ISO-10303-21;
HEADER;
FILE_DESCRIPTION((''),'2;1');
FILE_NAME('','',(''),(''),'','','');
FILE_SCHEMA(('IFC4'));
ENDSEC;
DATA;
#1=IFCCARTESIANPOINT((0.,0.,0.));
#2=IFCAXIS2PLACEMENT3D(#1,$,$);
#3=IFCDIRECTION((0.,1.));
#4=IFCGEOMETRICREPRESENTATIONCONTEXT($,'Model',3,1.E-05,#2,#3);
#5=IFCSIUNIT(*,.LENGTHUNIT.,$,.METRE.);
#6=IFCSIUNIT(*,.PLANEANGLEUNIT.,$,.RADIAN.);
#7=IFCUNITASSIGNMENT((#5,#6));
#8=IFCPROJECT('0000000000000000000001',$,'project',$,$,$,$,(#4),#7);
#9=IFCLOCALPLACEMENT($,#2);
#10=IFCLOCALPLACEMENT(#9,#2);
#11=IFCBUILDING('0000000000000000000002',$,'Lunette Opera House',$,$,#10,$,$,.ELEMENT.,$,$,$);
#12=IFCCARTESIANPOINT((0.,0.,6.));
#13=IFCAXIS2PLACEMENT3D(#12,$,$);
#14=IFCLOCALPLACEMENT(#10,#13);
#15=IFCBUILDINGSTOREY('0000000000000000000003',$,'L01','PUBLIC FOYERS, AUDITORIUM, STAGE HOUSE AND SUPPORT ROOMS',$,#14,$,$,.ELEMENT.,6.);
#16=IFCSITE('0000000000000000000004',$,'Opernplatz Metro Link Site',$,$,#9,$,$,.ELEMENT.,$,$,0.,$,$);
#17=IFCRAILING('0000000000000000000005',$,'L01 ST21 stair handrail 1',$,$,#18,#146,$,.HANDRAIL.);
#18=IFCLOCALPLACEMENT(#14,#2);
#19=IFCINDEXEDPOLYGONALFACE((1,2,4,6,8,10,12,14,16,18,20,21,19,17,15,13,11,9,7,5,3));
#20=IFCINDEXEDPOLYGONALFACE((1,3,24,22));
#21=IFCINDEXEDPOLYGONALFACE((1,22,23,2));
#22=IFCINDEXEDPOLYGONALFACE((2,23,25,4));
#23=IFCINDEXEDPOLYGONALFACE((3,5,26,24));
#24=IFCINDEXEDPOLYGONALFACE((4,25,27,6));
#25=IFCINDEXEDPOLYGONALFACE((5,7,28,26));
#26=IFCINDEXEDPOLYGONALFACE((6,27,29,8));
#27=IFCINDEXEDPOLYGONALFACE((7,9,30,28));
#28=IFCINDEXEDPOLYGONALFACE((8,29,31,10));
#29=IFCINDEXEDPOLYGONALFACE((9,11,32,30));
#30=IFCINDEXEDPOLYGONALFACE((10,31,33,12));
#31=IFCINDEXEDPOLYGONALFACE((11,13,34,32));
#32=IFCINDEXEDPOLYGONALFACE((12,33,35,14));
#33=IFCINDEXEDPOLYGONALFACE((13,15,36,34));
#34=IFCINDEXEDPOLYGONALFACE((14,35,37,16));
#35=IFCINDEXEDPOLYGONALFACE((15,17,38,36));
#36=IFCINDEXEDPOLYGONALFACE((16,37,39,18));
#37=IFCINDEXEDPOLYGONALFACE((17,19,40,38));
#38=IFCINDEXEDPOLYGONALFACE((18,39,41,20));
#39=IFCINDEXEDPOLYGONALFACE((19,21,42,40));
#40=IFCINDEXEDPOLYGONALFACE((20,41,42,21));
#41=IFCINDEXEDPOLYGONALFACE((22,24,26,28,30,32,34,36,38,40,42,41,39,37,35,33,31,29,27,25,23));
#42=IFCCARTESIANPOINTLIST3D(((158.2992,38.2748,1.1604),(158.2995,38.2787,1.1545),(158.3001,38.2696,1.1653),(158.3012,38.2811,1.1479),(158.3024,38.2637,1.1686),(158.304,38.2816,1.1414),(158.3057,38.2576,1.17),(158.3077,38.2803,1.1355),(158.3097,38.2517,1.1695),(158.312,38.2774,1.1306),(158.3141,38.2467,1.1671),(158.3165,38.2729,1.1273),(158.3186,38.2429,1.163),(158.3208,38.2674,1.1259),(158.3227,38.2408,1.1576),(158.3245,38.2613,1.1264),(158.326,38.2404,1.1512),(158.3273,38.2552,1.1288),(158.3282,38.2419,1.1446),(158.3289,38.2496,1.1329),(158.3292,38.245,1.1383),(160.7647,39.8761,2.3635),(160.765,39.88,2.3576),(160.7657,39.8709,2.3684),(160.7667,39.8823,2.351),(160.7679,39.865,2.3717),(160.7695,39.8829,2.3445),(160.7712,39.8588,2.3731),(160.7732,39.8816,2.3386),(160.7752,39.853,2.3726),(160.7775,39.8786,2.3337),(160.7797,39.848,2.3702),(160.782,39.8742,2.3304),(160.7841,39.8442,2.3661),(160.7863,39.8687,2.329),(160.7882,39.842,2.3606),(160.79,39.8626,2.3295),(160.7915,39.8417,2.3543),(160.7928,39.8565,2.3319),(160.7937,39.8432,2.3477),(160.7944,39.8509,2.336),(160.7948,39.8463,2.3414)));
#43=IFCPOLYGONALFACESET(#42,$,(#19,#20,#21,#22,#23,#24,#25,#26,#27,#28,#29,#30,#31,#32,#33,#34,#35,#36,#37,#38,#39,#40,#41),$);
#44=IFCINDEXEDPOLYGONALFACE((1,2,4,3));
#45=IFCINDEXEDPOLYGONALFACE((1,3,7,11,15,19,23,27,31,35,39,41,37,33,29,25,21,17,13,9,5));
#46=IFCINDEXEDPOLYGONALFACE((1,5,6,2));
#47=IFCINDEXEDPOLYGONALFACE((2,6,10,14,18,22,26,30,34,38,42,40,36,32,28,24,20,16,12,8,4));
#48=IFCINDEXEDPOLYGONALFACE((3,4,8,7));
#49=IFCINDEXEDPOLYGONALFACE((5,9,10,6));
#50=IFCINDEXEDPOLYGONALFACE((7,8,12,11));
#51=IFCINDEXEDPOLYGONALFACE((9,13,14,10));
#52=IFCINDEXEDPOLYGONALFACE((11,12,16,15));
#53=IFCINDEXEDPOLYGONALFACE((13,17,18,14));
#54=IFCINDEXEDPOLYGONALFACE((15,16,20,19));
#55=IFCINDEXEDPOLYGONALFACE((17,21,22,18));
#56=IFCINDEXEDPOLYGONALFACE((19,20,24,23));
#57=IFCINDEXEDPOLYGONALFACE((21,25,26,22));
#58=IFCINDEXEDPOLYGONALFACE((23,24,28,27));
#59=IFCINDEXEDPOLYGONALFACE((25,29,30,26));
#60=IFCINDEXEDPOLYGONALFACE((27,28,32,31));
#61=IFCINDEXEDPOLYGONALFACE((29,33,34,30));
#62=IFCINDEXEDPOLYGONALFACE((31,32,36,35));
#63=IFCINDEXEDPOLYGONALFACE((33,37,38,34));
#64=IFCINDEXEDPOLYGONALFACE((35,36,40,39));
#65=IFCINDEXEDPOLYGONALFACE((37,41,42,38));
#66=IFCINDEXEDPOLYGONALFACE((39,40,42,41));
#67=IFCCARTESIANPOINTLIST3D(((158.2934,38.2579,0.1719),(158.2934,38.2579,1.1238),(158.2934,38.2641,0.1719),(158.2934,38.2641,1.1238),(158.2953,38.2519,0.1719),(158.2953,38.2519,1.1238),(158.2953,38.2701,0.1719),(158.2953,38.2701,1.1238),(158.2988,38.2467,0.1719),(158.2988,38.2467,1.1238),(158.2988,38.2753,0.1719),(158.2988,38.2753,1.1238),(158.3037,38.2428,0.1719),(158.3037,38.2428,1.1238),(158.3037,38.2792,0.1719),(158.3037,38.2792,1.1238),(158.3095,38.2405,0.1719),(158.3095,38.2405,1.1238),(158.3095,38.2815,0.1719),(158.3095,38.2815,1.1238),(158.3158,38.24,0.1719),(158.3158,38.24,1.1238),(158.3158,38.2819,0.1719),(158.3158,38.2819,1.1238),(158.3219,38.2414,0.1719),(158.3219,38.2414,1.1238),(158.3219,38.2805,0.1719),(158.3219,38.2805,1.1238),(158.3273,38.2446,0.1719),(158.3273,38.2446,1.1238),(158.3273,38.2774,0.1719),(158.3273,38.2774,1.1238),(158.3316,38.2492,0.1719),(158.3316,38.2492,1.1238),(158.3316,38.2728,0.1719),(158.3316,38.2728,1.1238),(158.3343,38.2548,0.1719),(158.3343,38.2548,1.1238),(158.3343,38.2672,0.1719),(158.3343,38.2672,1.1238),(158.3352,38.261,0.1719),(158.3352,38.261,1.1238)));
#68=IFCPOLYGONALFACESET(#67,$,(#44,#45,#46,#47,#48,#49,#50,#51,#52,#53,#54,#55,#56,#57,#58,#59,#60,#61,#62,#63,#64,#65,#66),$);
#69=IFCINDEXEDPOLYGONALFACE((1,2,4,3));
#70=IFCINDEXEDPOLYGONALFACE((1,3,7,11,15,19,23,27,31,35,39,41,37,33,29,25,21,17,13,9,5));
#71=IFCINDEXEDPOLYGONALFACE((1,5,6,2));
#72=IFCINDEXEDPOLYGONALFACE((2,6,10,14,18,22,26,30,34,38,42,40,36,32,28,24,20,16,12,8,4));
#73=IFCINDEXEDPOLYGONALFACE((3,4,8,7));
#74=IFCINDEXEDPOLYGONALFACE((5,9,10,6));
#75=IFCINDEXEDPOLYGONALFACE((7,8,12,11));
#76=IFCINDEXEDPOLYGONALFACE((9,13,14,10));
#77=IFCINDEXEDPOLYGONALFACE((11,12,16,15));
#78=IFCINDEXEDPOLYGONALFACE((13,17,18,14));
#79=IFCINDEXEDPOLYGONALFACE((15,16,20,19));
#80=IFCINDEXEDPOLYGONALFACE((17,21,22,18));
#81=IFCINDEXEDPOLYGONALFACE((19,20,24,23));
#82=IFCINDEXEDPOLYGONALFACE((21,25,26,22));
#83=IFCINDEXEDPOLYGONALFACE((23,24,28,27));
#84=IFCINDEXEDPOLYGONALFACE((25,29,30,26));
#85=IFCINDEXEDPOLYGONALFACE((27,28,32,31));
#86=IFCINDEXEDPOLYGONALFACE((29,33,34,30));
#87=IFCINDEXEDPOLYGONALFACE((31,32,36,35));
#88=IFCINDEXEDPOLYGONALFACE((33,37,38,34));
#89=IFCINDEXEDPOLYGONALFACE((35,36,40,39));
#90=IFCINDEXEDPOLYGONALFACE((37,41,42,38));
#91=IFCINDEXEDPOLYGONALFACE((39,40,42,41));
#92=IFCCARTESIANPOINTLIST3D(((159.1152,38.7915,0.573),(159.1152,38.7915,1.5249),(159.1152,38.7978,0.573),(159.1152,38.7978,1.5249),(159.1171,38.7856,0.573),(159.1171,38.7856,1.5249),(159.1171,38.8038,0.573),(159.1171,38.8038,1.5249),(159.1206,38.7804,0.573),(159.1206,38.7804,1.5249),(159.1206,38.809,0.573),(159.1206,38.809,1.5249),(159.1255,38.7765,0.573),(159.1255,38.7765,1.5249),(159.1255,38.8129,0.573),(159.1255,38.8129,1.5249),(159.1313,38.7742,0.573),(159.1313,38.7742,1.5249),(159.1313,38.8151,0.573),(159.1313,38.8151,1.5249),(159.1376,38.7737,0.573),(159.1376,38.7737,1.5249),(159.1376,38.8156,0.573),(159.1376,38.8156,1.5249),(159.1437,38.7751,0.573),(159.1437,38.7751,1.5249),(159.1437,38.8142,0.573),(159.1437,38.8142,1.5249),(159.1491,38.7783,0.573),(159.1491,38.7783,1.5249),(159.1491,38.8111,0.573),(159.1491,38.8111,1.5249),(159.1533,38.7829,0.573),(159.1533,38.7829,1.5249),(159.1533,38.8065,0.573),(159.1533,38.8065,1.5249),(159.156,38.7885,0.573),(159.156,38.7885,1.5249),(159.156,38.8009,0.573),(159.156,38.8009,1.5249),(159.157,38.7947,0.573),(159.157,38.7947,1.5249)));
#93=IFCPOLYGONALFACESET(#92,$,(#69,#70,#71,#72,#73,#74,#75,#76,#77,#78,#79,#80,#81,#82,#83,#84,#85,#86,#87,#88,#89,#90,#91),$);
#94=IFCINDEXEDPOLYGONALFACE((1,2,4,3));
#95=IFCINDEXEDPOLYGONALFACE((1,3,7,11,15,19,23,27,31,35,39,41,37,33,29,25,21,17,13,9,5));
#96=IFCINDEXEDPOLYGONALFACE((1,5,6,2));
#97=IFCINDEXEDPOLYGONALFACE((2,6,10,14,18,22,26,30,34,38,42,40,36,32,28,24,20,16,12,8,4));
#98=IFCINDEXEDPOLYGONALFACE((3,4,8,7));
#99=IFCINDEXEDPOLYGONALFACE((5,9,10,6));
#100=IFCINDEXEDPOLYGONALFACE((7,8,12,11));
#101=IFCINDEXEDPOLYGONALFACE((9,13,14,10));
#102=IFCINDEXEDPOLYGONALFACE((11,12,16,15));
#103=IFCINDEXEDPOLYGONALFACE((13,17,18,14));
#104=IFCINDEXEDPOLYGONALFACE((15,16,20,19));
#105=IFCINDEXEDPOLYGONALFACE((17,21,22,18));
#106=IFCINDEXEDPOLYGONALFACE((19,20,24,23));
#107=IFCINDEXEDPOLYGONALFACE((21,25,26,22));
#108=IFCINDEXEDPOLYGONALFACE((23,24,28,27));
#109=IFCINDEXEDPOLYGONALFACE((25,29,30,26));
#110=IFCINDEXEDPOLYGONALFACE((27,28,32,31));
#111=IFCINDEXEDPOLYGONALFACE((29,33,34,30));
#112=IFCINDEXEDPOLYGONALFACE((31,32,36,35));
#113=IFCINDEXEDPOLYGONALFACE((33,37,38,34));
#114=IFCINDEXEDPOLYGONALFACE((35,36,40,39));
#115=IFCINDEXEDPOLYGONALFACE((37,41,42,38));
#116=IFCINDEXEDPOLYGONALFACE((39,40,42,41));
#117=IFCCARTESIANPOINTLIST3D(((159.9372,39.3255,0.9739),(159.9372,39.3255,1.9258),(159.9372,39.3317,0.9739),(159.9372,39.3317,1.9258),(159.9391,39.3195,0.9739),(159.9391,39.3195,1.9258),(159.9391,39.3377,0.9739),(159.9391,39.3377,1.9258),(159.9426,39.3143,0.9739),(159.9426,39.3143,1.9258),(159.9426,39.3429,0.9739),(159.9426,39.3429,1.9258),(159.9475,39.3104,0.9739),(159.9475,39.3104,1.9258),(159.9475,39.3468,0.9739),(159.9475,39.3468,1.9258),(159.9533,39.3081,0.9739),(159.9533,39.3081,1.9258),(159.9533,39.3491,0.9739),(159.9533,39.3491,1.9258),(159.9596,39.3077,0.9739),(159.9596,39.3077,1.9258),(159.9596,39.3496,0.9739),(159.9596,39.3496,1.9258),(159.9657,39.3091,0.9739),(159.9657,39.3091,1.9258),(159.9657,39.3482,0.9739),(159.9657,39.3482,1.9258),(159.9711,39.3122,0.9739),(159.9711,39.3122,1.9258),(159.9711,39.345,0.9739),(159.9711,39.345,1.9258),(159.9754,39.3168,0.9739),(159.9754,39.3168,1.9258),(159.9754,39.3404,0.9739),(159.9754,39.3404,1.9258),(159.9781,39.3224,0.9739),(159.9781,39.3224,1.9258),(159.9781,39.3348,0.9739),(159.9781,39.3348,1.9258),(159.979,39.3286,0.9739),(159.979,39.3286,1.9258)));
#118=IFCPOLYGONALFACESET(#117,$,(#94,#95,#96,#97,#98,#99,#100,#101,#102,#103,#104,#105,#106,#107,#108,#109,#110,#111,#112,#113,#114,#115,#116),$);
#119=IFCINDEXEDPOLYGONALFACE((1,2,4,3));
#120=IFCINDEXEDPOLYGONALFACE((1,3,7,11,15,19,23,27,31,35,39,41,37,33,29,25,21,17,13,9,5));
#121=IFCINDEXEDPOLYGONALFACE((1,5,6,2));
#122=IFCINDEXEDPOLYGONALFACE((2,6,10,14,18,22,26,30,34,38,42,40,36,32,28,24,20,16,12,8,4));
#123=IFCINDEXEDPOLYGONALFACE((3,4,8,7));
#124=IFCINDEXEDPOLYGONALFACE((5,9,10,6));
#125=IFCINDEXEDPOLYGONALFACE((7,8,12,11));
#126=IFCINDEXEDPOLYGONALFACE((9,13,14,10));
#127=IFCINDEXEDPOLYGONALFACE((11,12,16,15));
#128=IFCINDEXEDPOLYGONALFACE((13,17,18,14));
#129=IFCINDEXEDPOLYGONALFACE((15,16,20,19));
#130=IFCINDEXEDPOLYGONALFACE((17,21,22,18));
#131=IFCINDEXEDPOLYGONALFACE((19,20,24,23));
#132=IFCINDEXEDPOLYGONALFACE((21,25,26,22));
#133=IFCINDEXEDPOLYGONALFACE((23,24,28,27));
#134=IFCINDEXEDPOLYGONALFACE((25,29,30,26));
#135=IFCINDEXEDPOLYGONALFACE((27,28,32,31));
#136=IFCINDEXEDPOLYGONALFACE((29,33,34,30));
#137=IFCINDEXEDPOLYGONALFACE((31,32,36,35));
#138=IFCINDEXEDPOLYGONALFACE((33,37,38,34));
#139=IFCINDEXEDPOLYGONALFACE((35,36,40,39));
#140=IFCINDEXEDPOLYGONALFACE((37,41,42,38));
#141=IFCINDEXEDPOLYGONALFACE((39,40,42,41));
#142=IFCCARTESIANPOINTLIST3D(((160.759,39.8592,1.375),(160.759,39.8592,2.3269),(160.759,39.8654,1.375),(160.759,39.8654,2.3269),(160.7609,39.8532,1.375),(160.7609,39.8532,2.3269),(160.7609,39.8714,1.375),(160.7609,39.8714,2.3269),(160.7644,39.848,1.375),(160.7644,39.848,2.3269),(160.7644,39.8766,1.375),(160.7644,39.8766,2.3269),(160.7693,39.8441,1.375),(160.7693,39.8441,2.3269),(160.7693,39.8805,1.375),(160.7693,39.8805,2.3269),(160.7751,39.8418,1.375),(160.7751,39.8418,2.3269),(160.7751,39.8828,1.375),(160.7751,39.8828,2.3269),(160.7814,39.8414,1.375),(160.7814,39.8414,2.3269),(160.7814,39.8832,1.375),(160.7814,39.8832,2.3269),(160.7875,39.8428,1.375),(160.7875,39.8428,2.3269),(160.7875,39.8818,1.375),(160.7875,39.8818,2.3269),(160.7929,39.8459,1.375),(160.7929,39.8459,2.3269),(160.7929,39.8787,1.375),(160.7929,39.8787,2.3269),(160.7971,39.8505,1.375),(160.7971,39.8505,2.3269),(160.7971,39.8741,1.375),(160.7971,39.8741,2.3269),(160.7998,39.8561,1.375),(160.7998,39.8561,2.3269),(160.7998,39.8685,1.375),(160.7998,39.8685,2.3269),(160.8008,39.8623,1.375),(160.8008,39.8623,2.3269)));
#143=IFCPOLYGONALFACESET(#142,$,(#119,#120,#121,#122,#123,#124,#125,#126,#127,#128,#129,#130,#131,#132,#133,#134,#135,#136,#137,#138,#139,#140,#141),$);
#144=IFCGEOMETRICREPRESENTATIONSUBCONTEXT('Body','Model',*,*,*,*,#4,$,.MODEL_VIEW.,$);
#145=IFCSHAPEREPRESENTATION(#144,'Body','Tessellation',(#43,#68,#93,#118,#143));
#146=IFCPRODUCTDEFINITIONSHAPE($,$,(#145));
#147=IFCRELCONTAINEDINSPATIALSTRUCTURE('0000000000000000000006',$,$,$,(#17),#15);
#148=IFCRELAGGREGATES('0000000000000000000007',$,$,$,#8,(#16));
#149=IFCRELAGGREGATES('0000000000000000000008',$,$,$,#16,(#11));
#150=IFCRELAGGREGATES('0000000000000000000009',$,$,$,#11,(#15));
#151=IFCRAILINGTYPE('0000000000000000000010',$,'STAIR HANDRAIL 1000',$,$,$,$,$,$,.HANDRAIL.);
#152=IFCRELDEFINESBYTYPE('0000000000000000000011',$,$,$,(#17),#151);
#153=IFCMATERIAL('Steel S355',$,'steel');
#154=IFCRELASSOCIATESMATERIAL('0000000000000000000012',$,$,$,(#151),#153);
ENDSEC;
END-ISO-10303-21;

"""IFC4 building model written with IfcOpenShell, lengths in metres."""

from ifc_helpers import new_model, si_unit, direction, frame, origin, origin_2d, place, context, subcontext, project, spatial, circle, extrude, material, type_object, element, save


model = new_model("IFC4")

# Units and contexts
model_context = context("Model", 3, precision=1e-05, world=origin(), true_north=direction((0.0, 1.0)))
body_context = subcontext(model_context, "Body", "Model", "MODEL_VIEW")
ifc_project = project(units=[si_unit("LENGTHUNIT", "METRE"), si_unit("PLANEANGLEUNIT", "RADIAN")], contexts=[model_context])

# Site, building, storey
site_placement = place(None, origin())
site = spatial("IfcSite", under=ifc_project, at=site_placement, Name="Opernplatz Metro Link Site", CompositionType="ELEMENT", RefElevation=0.0)
building_placement = place(site_placement, origin())
building = spatial("IfcBuilding", under=site, at=building_placement, Name="Lunette Opera House", CompositionType="ELEMENT")
storey_placement = place(building_placement, frame((0.0, 0.0, 6.0)))
storey = spatial("IfcBuildingStorey", under=building, at=storey_placement, Name="L01", Description="PUBLIC FOYERS, AUDITORIUM, STAGE HOUSE AND SUPPORT ROOMS", CompositionType="ELEMENT", Elevation=6.0)

# Railing
ifc_material_1 = material(Name="Steel S355", Category="steel")
railing_type_1 = type_object("IfcRailingType", Name="STAIR HANDRAIL 1000", PredefinedType="HANDRAIL", material=ifc_material_1)
railing_1_placement = place(storey_placement, frame((158.3142, 38.261, 0.1719)))
element("IfcRailing", 1, at=railing_1_placement, inside=storey, type_object=railing_type_1, Name="L01 ST21 stair handrail 1", PredefinedType="HANDRAIL", context=body_context, shape_type="SweptSolid", body=[
    extrude(circle(Radius=0.0239, at=origin_2d()), frame((0.0, 0.0, 0.9761), z_axis=(0.776168, 0.504098, 0.378746), x_axis=(-0.544676, 0.838647, 0.0)), (0.0, 0.0, 1.0), 3.1765),
    extrude(circle(Radius=0.021, at=origin_2d()), origin(), (0.0, 0.0, 1.0), 0.9519),
    extrude(circle(Radius=0.021, at=origin_2d()), frame((0.8218, 0.5337, 0.4011)), (0.0, 0.0, 1.0), 0.9519),
    extrude(circle(Radius=0.021, at=origin_2d()), frame((1.6438, 1.0676, 0.802)), (0.0, 0.0, 1.0), 0.9519),
    extrude(circle(Radius=0.021, at=origin_2d()), frame((2.4656, 1.6013, 1.2031)), (0.0, 0.0, 1.0), 0.9519),
])

save(model, "model.ifc")
